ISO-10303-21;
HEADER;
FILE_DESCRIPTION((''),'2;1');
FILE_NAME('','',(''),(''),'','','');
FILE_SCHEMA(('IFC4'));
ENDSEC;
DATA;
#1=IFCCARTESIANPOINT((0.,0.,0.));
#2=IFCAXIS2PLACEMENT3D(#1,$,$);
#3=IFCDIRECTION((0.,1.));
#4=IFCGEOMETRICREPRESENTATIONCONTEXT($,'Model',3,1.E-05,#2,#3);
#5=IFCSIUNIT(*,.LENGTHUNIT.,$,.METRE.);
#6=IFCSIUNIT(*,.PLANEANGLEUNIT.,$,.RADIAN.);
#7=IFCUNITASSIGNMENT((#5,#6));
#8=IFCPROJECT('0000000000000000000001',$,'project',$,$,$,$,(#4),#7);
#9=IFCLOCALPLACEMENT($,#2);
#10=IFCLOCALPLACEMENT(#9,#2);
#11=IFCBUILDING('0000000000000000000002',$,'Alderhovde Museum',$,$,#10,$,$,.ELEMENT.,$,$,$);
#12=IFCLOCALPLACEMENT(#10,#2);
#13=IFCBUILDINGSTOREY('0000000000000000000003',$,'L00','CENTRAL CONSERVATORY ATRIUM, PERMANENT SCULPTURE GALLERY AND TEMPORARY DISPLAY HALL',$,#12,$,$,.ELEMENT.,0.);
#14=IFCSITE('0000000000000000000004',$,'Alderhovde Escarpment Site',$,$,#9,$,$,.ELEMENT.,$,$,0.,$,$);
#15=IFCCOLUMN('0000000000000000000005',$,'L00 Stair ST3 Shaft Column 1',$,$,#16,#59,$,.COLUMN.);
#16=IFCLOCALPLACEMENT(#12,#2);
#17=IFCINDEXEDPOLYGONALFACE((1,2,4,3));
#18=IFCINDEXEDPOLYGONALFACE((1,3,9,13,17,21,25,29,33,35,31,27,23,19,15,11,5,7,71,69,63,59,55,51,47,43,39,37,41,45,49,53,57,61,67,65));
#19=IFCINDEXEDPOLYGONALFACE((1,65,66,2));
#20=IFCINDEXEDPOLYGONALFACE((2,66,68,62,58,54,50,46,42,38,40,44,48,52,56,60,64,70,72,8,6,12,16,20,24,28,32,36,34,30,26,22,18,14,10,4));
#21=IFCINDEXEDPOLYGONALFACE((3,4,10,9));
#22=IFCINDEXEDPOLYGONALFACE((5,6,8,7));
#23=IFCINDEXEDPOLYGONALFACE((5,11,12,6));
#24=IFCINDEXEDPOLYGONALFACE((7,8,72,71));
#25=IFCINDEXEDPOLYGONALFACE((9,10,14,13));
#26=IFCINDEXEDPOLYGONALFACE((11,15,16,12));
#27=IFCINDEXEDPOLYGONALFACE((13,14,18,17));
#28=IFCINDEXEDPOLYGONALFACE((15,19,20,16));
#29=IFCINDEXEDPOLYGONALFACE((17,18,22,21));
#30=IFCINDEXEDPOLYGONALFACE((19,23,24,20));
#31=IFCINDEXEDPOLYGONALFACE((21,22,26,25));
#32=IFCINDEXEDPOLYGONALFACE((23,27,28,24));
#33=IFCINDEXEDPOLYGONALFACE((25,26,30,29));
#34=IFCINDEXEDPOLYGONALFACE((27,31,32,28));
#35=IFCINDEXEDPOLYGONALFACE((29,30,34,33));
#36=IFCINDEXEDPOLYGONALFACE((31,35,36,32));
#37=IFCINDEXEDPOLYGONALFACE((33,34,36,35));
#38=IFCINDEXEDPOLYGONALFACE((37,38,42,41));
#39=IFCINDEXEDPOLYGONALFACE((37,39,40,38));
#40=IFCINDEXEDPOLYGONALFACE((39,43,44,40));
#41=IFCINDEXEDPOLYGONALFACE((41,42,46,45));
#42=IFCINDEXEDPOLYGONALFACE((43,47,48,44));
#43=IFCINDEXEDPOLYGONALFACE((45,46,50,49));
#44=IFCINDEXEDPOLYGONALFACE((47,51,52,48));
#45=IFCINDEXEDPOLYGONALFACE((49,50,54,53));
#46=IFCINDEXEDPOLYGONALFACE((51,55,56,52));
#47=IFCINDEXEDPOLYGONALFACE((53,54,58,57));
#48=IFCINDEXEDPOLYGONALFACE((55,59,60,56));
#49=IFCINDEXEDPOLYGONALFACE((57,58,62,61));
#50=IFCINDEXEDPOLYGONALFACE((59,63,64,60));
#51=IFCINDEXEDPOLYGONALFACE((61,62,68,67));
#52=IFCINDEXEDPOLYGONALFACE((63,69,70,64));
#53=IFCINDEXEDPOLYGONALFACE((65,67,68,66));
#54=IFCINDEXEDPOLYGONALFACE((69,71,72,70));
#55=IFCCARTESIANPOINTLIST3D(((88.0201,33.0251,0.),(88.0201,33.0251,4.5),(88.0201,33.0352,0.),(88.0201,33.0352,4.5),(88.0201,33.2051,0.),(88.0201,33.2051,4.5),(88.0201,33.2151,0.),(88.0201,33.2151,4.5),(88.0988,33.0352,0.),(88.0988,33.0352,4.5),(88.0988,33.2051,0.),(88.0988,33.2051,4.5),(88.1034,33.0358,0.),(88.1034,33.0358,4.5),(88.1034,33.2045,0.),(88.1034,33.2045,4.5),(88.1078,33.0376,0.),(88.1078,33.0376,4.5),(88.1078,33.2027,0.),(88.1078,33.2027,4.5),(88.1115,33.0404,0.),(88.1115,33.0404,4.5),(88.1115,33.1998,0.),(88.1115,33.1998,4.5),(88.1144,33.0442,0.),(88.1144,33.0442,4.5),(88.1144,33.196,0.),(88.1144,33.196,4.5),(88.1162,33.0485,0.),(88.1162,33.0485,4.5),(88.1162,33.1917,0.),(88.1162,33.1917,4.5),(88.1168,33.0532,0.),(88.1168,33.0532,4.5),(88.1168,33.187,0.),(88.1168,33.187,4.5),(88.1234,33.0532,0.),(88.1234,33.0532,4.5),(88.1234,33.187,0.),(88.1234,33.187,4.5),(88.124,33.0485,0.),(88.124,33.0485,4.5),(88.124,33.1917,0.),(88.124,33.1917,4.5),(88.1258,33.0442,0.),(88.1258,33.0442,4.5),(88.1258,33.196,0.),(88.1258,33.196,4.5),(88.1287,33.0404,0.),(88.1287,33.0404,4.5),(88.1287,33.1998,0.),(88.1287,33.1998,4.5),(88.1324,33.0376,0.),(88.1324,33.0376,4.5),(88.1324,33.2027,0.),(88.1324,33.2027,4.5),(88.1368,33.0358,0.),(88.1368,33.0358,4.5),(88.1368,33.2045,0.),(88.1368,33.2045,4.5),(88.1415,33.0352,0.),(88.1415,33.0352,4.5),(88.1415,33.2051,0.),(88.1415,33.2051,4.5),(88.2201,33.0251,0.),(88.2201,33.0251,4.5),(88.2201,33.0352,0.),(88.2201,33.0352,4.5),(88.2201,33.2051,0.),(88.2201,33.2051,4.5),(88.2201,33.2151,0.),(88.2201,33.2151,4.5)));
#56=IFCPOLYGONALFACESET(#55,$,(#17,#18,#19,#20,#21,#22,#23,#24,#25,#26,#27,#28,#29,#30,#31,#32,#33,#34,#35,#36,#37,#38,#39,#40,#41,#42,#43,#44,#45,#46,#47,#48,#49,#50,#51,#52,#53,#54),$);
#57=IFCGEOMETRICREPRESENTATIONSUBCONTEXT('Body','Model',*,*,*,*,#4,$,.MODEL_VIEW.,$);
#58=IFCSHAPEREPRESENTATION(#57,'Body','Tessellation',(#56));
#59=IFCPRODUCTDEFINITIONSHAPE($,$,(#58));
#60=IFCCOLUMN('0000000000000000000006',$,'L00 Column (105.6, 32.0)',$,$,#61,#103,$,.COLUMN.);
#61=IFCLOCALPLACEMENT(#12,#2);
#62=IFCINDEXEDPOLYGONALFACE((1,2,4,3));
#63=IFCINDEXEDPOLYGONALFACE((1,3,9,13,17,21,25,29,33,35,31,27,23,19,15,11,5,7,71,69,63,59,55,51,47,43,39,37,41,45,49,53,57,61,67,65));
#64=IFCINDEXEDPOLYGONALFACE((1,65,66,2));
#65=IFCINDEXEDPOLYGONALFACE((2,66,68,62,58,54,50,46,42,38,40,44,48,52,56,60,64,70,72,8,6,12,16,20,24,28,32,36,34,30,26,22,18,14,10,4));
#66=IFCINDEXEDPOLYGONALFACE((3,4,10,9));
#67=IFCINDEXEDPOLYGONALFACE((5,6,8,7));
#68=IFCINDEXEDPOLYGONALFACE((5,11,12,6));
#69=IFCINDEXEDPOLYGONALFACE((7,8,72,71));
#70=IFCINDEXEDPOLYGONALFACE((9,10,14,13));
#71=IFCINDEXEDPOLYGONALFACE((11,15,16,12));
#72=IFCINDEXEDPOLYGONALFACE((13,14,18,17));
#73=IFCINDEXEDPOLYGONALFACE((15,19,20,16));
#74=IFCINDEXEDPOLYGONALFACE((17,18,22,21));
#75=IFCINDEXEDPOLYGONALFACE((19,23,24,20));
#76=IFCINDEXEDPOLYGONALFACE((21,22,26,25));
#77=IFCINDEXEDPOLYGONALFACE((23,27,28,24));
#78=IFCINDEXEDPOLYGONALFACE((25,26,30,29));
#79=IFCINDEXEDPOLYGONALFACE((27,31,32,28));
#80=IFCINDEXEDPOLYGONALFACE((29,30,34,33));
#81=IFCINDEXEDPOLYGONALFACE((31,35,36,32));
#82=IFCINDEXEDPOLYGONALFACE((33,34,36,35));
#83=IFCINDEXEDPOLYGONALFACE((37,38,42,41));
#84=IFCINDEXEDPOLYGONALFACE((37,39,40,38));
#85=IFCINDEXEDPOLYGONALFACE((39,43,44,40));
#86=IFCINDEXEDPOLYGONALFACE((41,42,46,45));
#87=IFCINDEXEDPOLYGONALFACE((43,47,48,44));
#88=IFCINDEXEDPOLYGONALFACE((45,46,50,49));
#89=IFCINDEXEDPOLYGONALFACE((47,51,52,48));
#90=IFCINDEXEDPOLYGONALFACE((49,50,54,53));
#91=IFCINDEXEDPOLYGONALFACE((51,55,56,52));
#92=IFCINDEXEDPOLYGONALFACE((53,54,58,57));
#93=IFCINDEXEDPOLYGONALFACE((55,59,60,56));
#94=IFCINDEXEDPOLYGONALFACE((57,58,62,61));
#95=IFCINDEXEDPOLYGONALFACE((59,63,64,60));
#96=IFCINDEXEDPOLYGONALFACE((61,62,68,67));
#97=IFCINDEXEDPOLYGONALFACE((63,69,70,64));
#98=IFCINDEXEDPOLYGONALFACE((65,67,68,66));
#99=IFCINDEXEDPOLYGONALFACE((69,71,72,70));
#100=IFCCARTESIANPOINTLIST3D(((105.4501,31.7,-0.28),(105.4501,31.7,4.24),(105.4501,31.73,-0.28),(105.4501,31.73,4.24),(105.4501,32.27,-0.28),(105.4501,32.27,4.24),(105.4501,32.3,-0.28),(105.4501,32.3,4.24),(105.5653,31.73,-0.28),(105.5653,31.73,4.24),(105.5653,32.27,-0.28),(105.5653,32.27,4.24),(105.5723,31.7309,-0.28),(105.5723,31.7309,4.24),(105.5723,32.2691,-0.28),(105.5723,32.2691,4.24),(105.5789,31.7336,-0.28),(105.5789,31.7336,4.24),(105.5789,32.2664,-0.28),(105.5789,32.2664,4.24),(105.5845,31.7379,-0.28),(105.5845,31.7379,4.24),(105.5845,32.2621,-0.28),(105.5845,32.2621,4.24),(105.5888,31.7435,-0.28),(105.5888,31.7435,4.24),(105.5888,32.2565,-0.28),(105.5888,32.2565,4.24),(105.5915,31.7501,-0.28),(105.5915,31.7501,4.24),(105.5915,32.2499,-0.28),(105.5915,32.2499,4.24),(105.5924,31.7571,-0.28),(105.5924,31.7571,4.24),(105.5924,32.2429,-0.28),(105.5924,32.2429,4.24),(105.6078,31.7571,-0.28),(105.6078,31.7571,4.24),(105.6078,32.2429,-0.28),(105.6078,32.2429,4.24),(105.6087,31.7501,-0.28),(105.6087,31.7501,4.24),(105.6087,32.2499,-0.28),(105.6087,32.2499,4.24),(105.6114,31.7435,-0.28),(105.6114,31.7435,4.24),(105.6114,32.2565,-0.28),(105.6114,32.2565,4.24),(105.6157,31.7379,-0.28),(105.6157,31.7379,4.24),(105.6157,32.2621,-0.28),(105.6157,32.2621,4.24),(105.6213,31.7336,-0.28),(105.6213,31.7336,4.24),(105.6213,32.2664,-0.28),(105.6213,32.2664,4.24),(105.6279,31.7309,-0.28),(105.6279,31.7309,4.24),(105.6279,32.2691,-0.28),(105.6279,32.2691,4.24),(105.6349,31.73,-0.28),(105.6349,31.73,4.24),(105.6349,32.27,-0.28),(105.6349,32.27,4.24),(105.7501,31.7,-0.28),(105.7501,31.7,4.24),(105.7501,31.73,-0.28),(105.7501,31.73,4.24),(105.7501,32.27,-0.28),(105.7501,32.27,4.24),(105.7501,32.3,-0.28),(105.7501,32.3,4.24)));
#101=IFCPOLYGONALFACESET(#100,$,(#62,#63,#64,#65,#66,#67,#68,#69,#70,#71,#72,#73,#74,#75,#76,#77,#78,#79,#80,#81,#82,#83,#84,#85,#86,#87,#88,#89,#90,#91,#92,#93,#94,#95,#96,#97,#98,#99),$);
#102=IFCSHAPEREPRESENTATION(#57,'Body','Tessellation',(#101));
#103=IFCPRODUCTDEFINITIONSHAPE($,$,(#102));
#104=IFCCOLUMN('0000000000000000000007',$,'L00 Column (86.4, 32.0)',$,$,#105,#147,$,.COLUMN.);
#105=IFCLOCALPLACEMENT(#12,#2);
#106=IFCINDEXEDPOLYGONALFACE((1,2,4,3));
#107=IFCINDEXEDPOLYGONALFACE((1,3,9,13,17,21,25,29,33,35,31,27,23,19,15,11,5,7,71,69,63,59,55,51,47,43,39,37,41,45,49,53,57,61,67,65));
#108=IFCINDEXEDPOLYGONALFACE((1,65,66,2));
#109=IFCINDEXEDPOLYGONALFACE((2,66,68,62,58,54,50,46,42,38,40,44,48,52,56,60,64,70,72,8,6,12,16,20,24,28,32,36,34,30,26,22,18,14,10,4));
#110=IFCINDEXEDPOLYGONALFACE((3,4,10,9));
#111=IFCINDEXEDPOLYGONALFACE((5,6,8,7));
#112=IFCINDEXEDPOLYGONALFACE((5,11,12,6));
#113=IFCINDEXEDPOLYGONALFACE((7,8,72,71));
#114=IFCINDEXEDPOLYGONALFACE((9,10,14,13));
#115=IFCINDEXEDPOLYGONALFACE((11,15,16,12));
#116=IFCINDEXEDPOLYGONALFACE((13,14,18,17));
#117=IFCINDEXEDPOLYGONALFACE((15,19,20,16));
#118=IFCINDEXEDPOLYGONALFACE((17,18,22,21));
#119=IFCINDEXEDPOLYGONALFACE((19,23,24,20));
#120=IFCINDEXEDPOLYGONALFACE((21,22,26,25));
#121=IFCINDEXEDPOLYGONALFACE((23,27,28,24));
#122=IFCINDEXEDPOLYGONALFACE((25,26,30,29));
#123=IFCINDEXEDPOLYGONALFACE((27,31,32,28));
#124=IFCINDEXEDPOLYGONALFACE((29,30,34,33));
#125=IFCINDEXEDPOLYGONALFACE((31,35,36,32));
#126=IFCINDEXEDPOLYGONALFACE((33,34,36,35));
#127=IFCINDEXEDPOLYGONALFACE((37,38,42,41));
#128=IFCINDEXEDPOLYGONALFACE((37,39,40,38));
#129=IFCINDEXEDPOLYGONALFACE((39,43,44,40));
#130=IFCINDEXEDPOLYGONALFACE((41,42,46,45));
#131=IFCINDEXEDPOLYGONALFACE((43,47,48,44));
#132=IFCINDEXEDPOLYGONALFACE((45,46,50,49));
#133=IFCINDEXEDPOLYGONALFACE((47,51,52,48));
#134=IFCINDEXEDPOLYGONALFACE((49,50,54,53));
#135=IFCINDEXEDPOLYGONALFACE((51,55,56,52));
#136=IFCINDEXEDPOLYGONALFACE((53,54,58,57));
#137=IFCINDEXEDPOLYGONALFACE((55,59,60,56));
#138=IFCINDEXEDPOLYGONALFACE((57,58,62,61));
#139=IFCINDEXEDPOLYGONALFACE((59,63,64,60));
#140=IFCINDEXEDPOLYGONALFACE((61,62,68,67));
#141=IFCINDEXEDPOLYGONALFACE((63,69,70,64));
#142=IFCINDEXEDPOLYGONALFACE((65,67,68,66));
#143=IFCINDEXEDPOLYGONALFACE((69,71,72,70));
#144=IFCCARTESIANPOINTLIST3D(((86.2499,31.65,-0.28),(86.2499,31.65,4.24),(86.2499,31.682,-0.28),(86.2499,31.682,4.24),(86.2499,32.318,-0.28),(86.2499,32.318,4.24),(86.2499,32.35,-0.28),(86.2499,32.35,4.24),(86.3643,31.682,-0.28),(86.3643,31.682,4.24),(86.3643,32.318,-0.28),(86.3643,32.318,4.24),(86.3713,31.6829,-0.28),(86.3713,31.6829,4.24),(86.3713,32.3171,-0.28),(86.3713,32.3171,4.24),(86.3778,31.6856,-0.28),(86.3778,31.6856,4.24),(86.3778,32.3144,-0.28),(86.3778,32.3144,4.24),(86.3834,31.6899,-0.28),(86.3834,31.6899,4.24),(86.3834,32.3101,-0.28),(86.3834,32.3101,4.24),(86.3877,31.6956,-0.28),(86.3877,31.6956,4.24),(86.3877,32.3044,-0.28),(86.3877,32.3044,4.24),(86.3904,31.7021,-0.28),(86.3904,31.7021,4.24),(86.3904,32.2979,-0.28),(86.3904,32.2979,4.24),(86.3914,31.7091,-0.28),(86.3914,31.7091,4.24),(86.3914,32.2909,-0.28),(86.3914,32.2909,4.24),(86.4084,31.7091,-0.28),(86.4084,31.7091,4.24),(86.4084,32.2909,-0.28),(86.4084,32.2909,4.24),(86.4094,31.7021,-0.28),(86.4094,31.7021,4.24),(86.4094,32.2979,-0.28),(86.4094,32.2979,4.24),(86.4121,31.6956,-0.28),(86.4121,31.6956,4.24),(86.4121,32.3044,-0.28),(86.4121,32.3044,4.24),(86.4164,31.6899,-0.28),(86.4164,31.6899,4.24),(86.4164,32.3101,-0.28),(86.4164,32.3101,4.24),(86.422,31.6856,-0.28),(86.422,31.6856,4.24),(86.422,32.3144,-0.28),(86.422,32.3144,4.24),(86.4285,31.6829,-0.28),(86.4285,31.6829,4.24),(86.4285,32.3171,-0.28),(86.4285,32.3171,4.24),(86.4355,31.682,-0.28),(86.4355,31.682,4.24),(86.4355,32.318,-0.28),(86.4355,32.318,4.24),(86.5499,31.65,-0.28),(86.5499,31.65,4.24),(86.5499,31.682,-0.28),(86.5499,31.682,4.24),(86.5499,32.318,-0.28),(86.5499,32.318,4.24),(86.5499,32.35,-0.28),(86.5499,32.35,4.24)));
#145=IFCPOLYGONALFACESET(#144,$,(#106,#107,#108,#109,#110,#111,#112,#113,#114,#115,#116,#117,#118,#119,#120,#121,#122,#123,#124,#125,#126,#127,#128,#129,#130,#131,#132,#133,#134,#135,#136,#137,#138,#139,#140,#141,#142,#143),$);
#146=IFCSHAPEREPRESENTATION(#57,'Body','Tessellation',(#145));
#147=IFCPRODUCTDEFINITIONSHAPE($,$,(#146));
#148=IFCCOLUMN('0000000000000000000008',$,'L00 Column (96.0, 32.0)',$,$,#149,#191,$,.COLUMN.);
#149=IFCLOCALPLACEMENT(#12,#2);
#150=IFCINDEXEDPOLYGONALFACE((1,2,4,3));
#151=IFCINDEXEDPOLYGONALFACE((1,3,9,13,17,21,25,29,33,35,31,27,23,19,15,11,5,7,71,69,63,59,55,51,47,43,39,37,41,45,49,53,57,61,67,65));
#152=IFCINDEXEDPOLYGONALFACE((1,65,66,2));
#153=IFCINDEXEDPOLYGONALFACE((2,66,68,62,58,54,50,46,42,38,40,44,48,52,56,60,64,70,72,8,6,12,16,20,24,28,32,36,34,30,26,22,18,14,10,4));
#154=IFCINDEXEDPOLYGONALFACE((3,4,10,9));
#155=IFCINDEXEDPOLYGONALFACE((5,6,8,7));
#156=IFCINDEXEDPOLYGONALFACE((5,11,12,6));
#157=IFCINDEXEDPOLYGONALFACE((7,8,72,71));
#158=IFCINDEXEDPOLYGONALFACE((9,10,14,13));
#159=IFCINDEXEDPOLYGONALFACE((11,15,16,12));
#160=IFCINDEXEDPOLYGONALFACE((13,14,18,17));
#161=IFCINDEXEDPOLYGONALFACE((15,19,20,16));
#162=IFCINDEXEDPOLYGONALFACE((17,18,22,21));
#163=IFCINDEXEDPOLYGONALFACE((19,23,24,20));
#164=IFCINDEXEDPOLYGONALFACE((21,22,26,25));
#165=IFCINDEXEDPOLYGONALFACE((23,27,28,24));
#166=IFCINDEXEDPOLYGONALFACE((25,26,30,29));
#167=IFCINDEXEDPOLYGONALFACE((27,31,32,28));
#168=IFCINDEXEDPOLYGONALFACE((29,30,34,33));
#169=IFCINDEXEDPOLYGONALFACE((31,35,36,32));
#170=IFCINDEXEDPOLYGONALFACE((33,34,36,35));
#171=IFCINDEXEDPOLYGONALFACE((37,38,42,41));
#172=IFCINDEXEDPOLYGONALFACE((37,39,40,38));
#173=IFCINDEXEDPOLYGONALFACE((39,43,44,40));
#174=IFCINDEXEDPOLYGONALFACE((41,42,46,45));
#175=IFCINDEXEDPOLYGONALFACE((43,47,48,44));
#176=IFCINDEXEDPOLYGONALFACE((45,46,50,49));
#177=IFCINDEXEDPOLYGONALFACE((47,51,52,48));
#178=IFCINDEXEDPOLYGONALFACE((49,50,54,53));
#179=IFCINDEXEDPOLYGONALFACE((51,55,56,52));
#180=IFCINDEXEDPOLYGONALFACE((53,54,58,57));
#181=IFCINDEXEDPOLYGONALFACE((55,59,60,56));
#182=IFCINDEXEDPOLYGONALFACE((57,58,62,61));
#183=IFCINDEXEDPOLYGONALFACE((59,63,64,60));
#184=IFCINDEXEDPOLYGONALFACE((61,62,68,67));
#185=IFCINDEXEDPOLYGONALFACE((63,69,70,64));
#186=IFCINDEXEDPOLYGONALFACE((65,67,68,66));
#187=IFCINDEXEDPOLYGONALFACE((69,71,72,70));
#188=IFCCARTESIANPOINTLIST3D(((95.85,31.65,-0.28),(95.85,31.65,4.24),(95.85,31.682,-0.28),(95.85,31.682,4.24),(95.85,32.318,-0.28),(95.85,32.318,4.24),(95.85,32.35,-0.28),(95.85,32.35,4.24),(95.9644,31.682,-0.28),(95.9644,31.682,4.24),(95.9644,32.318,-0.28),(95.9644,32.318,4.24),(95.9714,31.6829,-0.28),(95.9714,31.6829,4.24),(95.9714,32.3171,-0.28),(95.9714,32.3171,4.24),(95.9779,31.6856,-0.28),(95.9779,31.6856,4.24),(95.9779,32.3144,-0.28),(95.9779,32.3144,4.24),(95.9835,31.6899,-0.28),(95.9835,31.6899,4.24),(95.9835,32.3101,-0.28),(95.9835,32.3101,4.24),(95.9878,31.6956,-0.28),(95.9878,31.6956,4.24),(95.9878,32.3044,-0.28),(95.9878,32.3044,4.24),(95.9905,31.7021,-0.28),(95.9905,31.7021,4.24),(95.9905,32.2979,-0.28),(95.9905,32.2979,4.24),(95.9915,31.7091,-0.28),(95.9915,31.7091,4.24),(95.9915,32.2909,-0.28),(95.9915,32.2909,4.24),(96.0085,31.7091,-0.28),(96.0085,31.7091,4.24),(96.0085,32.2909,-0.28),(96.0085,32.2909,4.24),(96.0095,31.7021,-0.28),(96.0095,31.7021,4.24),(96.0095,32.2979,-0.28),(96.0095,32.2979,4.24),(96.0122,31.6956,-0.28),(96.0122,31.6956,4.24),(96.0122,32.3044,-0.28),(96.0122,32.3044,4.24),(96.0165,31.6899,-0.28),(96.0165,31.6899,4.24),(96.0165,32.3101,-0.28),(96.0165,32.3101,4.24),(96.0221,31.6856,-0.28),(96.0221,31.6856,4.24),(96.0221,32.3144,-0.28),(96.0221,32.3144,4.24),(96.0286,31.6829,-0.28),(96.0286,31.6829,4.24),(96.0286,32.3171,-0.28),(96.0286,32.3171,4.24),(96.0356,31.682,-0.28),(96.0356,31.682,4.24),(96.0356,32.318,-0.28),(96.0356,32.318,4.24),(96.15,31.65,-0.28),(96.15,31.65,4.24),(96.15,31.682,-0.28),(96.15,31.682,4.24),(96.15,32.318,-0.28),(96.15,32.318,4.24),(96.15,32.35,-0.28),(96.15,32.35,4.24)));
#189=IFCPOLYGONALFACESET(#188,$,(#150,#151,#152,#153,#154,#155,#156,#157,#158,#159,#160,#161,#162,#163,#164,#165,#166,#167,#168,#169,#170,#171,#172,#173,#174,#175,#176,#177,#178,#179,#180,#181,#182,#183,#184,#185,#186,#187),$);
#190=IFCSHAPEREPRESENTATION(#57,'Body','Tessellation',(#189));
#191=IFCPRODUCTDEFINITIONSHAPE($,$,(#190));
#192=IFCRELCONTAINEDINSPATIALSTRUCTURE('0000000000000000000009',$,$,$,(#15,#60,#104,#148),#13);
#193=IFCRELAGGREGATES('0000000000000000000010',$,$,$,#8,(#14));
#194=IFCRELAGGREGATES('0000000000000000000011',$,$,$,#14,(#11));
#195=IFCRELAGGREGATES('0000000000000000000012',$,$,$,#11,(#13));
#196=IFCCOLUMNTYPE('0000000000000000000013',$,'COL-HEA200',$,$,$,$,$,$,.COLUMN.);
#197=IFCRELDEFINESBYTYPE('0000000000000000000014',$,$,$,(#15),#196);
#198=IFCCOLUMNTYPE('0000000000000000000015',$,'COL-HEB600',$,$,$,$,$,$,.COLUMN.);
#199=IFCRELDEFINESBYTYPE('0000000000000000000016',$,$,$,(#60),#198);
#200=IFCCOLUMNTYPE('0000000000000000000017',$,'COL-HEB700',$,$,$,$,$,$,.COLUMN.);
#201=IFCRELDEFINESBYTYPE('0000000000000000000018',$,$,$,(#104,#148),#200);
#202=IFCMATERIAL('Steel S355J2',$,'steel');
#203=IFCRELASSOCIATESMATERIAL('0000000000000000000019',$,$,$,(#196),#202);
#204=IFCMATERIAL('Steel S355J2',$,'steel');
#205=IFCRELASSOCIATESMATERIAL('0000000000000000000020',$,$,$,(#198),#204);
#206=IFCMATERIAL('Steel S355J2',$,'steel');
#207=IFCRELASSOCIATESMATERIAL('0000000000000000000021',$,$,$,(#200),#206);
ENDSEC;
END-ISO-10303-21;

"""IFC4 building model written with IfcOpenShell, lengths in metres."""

from ifc_helpers import new_model, si_unit, direction, frame, origin, origin_2d, place, context, subcontext, project, spatial, i_section, extrude, material, material_profile, profile_set, type_object, element, save


model = new_model("IFC4")

# Units and contexts
model_context = context("Model", 3, precision=1e-05, world=origin(), true_north=direction((0.0, 1.0)))
body_context = subcontext(model_context, "Body", "Model", "MODEL_VIEW")
ifc_project = project(units=[si_unit("LENGTHUNIT", "METRE"), si_unit("PLANEANGLEUNIT", "RADIAN")], contexts=[model_context])

# Site, building, storey
site_placement = place(None, origin())
site = spatial("IfcSite", under=ifc_project, at=site_placement, Name="Alderhovde Escarpment Site", CompositionType="ELEMENT", RefElevation=0.0)
building_placement = place(site_placement, origin())
building = spatial("IfcBuilding", under=site, at=building_placement, Name="Alderhovde Museum", CompositionType="ELEMENT")
storey_placement = place(building_placement, origin())
storey = spatial("IfcBuildingStorey", under=building, at=storey_placement, Name="L00", Description="CENTRAL CONSERVATORY ATRIUM, PERMANENT SCULPTURE GALLERY AND TEMPORARY DISPLAY HALL", CompositionType="ELEMENT", Elevation=0.0)

# Columns
ifc_material_1 = material(Name="Steel S355J2", Category="steel")
ifc_material_profile_1 = material_profile(ifc_material_1, i_section(OverallWidth=0.2, OverallDepth=0.1899, WebThickness=0.0066, FlangeThickness=0.01, FilletRadius=0.0181, at=origin_2d()), Name="HEA 200")
ifc_profile_set_1 = profile_set([ifc_material_profile_1], Name="Steel S355J2")
column_type_1 = type_object("IfcColumnType", Name="COL-HEA200", PredefinedType="COLUMN", material=ifc_profile_set_1)
column_1_placement = place(storey_placement, frame((88.1201, 33.1201, 0.0), z_axis=(0.0, 0.0, 1.0), x_axis=(1.0, 0.0, 0.0)))
element("IfcColumn", 1, at=column_1_placement, inside=storey, type_object=column_type_1, Name="L00 Stair ST3 Shaft Column 1", PredefinedType="COLUMN", context=body_context, shape_type="SweptSolid", body=[
    extrude(i_section(OverallWidth=0.2, OverallDepth=0.1899, WebThickness=0.0066, FlangeThickness=0.01, FilletRadius=0.0181, at=origin_2d()), origin(), (0.0, 0.0, 1.0), 4.5),
])
ifc_material_2 = material(Name="Steel S355J2", Category="steel")
ifc_material_profile_2 = material_profile(ifc_material_2, i_section(OverallWidth=0.3, OverallDepth=0.6001, WebThickness=0.0154, FlangeThickness=0.03, FilletRadius=0.0271, at=origin_2d()), Name="HEB 600")
ifc_profile_set_2 = profile_set([ifc_material_profile_2], Name="Steel S355J2")
column_type_2 = type_object("IfcColumnType", Name="COL-HEB600", PredefinedType="COLUMN", material=ifc_profile_set_2)
column_2_placement = place(storey_placement, frame((105.6001, 32.0, -0.28), z_axis=(0.0, 0.0, 1.0), x_axis=(1.0, 0.0, 0.0)))
element("IfcColumn", 2, at=column_2_placement, inside=storey, type_object=column_type_2, Name="L00 Column (105.6, 32.0)", PredefinedType="COLUMN", context=body_context, shape_type="SweptSolid", body=[
    extrude(i_section(OverallWidth=0.3, OverallDepth=0.6001, WebThickness=0.0154, FlangeThickness=0.03, FilletRadius=0.0271, at=origin_2d()), origin(), (0.0, 0.0, 1.0), 4.52),
])
ifc_material_3 = material(Name="Steel S355J2", Category="steel")
ifc_material_profile_3 = material_profile(ifc_material_3, i_section(OverallWidth=0.3, OverallDepth=0.7, WebThickness=0.0171, FlangeThickness=0.032, FilletRadius=0.0271, at=origin_2d()), Name="HEB 700")
ifc_profile_set_3 = profile_set([ifc_material_profile_3], Name="Steel S355J2")
column_type_3 = type_object("IfcColumnType", Name="COL-HEB700", PredefinedType="COLUMN", material=ifc_profile_set_3)
for number, where, z_axis, x_axis, name in (
    (3, (86.3999, 32.0, -0.28), (0.0, 0.0, 1.0), (1.0, 0.0, 0.0), "L00 Column (86.4, 32.0)"),
    (4, (96.0, 32.0, -0.28), (0.0, 0.0, 1.0), (1.0, 0.0, 0.0), "L00 Column (96.0, 32.0)"),
):
    element("IfcColumn", number, at=place(storey_placement, frame(where, z_axis=z_axis, x_axis=x_axis)), inside=storey, type_object=column_type_3, Name=name, PredefinedType="COLUMN", context=body_context, shape_type="SweptSolid", body=[
        extrude(i_section(OverallWidth=0.3, OverallDepth=0.7, WebThickness=0.0171, FlangeThickness=0.032, FilletRadius=0.0271, at=origin_2d()), origin(), (0.0, 0.0, 1.0), 4.52),
    ])

save(model, "model.ifc")
